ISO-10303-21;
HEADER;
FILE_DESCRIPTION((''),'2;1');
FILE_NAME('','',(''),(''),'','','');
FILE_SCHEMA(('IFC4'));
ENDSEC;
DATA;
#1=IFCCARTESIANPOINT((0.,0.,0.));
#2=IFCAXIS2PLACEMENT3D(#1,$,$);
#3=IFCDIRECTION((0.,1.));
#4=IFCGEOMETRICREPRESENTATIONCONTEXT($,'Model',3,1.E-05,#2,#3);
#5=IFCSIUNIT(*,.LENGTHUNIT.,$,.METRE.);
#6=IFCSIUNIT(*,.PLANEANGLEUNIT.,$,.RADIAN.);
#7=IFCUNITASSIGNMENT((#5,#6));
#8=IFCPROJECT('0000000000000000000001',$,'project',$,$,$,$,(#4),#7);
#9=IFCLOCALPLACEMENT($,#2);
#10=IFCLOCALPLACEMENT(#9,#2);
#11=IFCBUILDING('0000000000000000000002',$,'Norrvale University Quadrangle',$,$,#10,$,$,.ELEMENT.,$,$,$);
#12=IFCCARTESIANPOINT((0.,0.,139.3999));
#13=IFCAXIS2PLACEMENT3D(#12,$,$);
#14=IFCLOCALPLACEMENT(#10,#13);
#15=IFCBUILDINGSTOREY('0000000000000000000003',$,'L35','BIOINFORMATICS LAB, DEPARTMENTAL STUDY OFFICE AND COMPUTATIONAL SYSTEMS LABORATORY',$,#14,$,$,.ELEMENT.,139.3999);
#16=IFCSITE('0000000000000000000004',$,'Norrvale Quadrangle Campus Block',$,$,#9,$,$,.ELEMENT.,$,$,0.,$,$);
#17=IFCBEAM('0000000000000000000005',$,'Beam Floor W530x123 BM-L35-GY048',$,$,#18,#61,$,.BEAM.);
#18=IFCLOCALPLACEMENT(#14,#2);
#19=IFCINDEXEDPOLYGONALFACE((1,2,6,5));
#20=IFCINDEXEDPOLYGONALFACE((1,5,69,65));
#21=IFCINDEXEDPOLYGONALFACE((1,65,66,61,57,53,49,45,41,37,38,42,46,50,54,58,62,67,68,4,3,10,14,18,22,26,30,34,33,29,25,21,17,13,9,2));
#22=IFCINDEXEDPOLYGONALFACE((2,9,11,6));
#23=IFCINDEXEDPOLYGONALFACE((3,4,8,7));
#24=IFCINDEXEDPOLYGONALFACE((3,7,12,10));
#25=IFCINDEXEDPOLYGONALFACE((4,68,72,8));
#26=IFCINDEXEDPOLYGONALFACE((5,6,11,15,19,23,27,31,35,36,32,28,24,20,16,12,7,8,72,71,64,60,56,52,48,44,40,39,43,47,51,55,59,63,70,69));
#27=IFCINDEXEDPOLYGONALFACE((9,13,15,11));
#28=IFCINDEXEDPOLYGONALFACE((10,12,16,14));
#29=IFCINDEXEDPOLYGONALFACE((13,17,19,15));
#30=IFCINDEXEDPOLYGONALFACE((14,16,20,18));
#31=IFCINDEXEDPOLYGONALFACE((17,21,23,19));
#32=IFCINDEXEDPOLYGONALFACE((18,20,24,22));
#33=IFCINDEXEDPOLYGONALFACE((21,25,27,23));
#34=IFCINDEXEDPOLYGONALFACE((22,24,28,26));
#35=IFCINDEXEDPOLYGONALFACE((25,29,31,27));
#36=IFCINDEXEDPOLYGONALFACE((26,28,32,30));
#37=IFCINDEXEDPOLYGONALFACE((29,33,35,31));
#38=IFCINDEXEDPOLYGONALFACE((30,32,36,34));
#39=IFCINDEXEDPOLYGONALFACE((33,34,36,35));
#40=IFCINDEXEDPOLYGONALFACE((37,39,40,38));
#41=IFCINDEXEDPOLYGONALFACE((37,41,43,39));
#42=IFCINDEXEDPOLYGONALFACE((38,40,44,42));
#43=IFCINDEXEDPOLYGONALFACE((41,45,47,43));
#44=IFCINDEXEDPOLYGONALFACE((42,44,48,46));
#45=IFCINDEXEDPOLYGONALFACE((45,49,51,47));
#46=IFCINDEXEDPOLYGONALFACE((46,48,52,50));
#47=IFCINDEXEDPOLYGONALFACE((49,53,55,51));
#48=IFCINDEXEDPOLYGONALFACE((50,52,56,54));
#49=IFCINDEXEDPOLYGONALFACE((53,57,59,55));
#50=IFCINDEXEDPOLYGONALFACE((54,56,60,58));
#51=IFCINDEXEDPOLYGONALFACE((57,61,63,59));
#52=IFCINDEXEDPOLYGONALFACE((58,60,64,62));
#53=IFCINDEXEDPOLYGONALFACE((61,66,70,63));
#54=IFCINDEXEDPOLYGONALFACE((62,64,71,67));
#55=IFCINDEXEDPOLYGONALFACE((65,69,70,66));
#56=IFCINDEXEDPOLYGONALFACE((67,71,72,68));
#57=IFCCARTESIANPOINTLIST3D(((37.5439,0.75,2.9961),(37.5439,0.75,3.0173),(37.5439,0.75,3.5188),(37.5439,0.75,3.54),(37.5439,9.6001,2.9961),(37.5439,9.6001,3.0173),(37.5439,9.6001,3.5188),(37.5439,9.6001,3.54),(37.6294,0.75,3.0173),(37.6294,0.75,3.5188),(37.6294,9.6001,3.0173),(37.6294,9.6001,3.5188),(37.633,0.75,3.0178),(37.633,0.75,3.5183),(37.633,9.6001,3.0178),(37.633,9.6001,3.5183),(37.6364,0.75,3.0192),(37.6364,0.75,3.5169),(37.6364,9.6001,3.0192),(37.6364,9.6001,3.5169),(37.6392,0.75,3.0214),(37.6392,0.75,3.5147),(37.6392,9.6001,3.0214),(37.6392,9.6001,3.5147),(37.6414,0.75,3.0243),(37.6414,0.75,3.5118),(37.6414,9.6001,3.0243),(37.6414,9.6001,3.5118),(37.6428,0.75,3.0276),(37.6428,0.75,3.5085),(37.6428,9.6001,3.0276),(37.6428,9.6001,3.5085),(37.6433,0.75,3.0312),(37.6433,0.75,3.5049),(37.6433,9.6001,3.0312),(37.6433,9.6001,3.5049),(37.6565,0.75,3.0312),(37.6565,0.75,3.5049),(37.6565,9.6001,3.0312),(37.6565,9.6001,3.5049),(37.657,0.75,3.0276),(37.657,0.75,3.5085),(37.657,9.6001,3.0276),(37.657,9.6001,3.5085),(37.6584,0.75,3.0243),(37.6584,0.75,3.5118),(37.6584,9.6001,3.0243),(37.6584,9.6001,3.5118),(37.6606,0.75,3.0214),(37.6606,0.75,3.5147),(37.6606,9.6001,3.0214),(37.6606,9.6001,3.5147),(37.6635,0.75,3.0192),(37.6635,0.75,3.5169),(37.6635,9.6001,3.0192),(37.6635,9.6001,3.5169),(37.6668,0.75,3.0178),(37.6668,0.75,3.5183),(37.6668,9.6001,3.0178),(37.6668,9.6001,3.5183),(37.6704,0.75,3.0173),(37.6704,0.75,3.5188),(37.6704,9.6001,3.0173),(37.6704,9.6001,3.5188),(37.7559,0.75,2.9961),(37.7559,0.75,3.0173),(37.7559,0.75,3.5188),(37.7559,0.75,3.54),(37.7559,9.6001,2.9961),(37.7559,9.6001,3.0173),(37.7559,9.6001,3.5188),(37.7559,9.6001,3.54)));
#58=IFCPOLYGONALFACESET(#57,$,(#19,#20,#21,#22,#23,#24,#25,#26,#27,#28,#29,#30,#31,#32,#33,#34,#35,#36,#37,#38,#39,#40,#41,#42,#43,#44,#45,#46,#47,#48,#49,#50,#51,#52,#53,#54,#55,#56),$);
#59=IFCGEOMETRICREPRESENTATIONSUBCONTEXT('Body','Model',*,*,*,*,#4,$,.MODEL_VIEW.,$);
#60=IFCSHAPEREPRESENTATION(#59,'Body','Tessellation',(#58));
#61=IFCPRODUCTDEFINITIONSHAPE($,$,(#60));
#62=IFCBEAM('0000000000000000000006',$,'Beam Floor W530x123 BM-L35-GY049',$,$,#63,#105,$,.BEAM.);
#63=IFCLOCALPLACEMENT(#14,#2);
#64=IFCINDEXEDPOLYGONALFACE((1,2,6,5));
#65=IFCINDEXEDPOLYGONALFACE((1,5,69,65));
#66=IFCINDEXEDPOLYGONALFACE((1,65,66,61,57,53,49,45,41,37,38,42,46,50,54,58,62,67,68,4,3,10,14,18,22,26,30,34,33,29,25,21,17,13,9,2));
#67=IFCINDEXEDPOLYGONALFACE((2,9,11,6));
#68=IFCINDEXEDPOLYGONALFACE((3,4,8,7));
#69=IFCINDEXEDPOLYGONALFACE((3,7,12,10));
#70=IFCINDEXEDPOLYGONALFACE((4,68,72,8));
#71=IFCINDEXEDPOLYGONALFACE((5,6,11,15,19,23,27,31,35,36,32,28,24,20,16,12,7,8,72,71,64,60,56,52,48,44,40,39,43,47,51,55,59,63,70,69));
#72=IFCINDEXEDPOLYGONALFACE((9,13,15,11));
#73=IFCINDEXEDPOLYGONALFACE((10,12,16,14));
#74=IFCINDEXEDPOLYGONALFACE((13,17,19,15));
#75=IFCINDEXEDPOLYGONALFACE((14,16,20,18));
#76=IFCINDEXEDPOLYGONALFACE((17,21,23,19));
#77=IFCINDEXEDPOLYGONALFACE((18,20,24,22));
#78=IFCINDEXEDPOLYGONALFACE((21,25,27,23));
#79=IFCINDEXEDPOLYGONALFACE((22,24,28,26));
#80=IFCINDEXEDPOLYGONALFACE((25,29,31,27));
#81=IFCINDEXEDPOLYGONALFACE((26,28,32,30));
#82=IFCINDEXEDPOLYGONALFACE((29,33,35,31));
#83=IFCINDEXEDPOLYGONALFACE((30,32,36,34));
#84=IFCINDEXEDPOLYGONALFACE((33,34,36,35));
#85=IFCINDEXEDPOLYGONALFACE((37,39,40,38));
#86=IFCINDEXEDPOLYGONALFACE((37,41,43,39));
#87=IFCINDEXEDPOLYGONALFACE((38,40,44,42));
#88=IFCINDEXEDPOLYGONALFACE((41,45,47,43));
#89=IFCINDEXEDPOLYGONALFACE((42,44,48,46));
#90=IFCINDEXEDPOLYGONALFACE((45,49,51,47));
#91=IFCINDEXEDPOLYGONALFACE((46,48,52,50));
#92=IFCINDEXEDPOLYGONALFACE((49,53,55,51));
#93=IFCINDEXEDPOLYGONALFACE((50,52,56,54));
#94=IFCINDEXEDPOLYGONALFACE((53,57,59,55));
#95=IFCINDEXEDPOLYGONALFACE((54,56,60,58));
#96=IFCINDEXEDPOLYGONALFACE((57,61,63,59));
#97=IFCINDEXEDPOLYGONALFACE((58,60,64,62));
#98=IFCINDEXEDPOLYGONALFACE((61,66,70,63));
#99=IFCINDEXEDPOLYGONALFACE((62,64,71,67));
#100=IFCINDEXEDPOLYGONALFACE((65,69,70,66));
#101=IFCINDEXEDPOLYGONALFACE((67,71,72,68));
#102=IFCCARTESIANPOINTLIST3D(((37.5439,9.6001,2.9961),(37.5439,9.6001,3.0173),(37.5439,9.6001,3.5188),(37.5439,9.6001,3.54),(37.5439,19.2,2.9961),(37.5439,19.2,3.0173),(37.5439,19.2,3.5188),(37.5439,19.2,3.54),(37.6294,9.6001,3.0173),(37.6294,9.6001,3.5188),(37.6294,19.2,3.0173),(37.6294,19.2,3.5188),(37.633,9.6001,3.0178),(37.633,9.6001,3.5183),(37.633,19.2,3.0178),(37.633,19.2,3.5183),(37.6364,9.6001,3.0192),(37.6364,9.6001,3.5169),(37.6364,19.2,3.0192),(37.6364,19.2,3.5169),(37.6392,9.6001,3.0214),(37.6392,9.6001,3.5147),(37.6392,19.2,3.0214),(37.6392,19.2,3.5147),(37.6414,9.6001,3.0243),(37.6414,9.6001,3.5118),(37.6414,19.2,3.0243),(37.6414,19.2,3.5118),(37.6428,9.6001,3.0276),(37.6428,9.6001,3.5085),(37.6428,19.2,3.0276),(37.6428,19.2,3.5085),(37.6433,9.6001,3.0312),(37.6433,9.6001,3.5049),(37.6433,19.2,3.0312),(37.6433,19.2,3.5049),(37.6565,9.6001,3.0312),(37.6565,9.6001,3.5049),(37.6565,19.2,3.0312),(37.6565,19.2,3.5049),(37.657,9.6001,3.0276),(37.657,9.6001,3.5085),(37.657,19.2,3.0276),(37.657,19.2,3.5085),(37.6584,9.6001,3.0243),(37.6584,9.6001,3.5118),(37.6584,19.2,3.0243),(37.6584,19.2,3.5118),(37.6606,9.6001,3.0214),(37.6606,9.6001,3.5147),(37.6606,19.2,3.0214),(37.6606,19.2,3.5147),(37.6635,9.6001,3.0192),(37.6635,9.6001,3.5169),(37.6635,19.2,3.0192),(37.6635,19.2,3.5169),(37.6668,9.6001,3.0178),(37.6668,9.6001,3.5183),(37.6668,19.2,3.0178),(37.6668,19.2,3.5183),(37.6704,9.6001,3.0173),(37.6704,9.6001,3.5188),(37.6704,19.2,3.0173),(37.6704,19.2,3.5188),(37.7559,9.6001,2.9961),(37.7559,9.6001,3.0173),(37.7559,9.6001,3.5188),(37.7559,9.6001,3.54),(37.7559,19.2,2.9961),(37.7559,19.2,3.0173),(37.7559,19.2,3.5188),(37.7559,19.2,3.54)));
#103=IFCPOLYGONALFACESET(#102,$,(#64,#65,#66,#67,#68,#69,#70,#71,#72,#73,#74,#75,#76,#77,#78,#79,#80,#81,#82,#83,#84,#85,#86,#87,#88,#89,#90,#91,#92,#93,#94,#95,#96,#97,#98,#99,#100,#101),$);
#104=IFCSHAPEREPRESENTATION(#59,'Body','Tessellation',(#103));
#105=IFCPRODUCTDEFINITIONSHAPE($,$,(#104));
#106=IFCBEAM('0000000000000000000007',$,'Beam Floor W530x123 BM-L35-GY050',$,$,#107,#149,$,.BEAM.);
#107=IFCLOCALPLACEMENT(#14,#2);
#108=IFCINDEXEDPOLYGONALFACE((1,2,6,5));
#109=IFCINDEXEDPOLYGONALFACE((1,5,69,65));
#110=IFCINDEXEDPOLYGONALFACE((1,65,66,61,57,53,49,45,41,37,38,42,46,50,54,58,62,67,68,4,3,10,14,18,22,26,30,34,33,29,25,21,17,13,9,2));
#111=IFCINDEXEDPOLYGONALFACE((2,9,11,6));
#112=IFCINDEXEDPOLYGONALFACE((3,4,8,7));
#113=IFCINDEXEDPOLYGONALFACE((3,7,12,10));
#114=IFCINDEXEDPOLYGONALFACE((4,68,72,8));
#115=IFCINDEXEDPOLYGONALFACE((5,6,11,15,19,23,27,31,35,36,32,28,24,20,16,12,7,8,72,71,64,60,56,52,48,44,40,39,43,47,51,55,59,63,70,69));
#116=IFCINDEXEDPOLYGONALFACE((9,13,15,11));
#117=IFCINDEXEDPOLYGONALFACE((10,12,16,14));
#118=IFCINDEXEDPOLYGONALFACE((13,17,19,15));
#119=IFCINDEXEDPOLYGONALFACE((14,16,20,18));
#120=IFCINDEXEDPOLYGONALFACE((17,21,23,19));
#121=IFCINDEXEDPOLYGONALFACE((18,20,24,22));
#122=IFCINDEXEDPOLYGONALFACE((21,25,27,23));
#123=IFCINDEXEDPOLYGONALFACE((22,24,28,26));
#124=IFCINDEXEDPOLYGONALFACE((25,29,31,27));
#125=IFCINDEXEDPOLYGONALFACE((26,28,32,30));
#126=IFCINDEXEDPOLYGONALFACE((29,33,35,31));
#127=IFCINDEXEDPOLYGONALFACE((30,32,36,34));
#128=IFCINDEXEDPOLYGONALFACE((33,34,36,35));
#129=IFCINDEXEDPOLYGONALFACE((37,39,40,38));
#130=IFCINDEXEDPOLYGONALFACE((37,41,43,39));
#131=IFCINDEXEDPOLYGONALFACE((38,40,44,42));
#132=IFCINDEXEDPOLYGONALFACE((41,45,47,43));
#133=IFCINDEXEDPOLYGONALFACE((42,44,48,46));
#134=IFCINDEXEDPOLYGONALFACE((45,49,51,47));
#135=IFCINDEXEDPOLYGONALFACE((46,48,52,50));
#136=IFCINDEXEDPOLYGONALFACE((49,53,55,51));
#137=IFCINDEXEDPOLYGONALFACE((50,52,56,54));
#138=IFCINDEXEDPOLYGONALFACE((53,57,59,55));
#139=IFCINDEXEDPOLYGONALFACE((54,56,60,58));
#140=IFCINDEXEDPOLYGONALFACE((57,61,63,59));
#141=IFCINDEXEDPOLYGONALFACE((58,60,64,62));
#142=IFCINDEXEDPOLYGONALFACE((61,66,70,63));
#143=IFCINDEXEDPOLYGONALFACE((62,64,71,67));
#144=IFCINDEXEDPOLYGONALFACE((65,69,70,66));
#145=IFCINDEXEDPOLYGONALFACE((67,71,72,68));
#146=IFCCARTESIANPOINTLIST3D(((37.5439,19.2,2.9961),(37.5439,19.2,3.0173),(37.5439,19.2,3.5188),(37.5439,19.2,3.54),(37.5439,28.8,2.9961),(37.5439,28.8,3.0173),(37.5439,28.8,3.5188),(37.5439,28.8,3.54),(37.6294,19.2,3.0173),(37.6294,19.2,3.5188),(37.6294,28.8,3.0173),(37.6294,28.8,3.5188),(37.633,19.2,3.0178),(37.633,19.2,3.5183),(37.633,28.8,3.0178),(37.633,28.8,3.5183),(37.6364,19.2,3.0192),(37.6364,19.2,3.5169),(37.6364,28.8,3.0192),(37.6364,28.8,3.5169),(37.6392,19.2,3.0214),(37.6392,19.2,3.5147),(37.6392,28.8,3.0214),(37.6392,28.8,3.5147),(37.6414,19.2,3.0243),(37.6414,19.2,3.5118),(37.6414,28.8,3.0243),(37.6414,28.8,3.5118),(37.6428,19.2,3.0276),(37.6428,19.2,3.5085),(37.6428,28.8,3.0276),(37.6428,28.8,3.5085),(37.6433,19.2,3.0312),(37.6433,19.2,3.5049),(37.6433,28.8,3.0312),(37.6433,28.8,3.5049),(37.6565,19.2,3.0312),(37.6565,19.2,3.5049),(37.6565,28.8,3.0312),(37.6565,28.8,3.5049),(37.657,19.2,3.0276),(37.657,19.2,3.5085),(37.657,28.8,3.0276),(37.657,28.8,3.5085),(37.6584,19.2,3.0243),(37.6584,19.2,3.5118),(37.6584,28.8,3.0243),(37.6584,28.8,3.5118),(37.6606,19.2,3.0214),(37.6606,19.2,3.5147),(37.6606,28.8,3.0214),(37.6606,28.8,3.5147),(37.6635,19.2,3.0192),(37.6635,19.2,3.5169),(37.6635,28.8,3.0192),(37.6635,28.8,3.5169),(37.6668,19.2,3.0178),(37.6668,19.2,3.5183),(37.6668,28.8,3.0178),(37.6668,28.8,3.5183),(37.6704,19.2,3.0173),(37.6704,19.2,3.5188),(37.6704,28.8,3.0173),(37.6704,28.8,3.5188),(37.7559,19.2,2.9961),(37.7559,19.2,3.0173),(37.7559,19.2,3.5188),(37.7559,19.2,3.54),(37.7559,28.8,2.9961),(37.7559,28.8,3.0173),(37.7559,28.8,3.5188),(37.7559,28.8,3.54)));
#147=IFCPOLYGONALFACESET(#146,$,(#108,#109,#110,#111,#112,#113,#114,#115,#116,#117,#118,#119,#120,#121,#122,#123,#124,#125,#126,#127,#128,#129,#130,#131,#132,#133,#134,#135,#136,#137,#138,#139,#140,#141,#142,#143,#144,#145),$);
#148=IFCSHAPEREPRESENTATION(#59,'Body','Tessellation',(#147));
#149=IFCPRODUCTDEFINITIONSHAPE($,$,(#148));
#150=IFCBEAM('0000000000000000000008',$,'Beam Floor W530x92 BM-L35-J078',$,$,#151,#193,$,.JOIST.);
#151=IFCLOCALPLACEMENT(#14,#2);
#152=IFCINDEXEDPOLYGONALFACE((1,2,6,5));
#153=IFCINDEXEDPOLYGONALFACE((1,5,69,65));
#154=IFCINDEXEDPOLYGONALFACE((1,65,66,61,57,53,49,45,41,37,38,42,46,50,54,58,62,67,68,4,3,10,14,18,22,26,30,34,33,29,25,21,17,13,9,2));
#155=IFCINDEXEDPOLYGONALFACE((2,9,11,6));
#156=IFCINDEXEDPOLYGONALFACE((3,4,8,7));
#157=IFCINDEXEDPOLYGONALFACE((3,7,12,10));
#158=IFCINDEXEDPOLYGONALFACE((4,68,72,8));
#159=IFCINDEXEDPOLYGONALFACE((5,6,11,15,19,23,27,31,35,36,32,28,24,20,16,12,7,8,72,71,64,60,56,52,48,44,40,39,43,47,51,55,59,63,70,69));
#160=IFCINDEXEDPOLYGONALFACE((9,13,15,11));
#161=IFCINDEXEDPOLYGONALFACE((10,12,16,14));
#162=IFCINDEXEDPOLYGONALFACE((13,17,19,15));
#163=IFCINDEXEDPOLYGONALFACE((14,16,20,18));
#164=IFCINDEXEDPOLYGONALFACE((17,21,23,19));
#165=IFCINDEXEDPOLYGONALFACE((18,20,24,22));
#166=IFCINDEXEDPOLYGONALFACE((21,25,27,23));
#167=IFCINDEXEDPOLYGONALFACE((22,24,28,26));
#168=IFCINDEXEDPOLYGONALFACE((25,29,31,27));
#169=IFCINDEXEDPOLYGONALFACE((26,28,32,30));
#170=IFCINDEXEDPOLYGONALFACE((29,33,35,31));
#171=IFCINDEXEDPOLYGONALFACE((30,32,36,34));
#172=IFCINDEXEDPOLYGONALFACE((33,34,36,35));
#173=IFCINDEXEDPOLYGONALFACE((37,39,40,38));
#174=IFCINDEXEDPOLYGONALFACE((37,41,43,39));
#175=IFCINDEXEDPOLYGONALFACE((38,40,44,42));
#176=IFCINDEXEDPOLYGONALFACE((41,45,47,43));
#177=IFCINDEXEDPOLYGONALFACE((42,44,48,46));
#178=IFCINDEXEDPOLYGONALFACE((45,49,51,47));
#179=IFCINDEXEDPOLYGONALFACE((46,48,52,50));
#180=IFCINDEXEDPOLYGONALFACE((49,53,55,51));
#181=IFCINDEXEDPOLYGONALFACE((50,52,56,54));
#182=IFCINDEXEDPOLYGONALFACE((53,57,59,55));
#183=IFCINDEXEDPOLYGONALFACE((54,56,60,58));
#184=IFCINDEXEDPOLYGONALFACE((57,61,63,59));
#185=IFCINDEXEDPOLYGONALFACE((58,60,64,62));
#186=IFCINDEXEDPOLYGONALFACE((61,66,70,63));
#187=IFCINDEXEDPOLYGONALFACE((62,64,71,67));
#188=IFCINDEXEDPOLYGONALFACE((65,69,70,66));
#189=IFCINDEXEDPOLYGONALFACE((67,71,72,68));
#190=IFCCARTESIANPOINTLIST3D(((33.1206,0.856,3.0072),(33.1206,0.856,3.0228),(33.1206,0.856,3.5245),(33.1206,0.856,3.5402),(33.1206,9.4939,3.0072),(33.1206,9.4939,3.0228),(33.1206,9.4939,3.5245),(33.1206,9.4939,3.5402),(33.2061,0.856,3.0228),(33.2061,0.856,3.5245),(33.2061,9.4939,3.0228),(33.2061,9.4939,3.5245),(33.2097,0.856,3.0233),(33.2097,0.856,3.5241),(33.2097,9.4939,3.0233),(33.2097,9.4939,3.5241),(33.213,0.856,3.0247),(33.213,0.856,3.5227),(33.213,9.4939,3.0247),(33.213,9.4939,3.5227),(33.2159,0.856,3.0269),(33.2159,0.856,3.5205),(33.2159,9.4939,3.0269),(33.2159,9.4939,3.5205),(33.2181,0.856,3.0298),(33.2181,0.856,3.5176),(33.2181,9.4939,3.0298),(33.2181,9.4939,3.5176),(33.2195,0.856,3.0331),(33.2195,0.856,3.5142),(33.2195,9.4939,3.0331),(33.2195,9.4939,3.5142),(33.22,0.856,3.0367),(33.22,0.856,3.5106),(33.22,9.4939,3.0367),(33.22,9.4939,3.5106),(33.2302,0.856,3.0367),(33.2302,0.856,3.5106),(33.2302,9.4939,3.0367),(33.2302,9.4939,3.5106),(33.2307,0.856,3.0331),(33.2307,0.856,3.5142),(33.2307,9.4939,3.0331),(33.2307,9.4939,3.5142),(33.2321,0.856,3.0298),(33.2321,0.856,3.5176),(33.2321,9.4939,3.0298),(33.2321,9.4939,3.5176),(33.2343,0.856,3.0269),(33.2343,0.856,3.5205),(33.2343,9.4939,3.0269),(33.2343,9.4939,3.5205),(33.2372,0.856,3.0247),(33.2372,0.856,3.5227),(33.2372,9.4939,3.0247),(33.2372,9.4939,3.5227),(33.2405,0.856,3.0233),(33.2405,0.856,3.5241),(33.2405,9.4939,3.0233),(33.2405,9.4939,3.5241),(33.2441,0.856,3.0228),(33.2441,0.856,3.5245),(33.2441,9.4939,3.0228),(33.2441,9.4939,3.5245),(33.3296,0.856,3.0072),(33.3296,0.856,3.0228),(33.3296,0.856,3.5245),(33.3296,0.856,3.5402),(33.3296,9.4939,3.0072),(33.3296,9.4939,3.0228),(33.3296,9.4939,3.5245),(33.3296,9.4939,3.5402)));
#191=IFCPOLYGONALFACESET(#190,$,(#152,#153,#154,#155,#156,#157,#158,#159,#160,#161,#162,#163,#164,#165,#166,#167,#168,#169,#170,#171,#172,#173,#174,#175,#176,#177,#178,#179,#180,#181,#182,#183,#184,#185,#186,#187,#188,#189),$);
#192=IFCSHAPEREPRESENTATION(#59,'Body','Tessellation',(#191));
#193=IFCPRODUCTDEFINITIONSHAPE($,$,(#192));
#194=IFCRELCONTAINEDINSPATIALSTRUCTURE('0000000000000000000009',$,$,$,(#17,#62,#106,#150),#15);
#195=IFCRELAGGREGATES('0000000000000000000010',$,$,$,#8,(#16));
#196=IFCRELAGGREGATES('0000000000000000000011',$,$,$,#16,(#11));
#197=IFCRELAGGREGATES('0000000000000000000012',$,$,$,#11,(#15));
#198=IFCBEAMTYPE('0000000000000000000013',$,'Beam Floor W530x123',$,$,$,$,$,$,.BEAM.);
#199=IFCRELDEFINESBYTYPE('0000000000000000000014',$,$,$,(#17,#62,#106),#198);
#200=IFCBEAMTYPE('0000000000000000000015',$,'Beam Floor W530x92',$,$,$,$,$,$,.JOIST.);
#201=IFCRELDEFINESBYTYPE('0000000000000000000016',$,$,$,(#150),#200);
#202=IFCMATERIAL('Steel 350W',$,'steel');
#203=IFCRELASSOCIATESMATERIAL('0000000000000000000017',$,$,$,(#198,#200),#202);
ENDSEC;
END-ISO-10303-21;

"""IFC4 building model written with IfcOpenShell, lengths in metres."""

from ifc_helpers import new_model, si_unit, direction, frame, origin, origin_2d, place, context, subcontext, project, spatial, i_section, extrude, material, material_profile, profile_set, type_object, element, save


model = new_model("IFC4")

# Units and contexts
model_context = context("Model", 3, precision=1e-05, world=origin(), true_north=direction((0.0, 1.0)))
body_context = subcontext(model_context, "Body", "Model", "MODEL_VIEW")
ifc_project = project(units=[si_unit("LENGTHUNIT", "METRE"), si_unit("PLANEANGLEUNIT", "RADIAN")], contexts=[model_context])

# Site, building, storey
site_placement = place(None, origin())
site = spatial("IfcSite", under=ifc_project, at=site_placement, Name="Norrvale Quadrangle Campus Block", CompositionType="ELEMENT", RefElevation=0.0)
building_placement = place(site_placement, origin())
building = spatial("IfcBuilding", under=site, at=building_placement, Name="Norrvale University Quadrangle", CompositionType="ELEMENT")
storey_placement = place(building_placement, frame((0.0, 0.0, 139.3999)))
storey = spatial("IfcBuildingStorey", under=building, at=storey_placement, Name="L35", Description="BIOINFORMATICS LAB, DEPARTMENTAL STUDY OFFICE AND COMPUTATIONAL SYSTEMS LABORATORY", CompositionType="ELEMENT", Elevation=139.3999)

# Beams
ifc_material_1 = material(Name="Steel 350W", Category="steel")
ifc_material_profile_1 = material_profile(ifc_material_1, i_section(OverallWidth=0.2119, OverallDepth=0.5439, WebThickness=0.0132, FlangeThickness=0.0212, FilletRadius=0.0139, at=origin_2d()), Name="Steel 350W")
ifc_profile_set_1 = profile_set([ifc_material_profile_1], Name="Steel 350W")
beam_type_1 = type_object("IfcBeamType", Name="Beam Floor W530x123", PredefinedType="BEAM", material=ifc_profile_set_1)
beam_1_placement = place(storey_placement, frame((37.6499, 0.75, 3.2681), z_axis=(0.0, 1.0, 0.0), x_axis=(-1.0, 0.0, 0.0)))
element("IfcBeam", 1, at=beam_1_placement, inside=storey, type_object=beam_type_1, Name="Beam Floor W530x123 BM-L35-GY048", PredefinedType="BEAM", context=body_context, shape_type="SweptSolid", body=[
    extrude(i_section(OverallWidth=0.2119, OverallDepth=0.5439, WebThickness=0.0132, FlangeThickness=0.0212, FilletRadius=0.0139, at=origin_2d()), origin(), (0.0, 0.0, 1.0), 8.8501),
])
beam_2_placement = place(storey_placement, frame((37.6499, 9.6001, 3.2681), z_axis=(0.0, 1.0, 0.0), x_axis=(-1.0, 0.0, 0.0)))
element("IfcBeam", 2, at=beam_2_placement, inside=storey, type_object=beam_type_1, Name="Beam Floor W530x123 BM-L35-GY049", PredefinedType="BEAM", context=body_context, shape_type="SweptSolid", body=[
    extrude(i_section(OverallWidth=0.2119, OverallDepth=0.5439, WebThickness=0.0132, FlangeThickness=0.0212, FilletRadius=0.0139, at=origin_2d()), origin(), (0.0, 0.0, 1.0), 9.5999),
])
beam_3_placement = place(storey_placement, frame((37.6499, 19.2, 3.2681), z_axis=(0.0, 1.0, 0.0), x_axis=(-1.0, 0.0, 0.0)))
element("IfcBeam", 3, at=beam_3_placement, inside=storey, type_object=beam_type_1, Name="Beam Floor W530x123 BM-L35-GY050", PredefinedType="BEAM", context=body_context, shape_type="SweptSolid", body=[
    extrude(i_section(OverallWidth=0.2119, OverallDepth=0.5439, WebThickness=0.0132, FlangeThickness=0.0212, FilletRadius=0.0139, at=origin_2d()), origin(), (0.0, 0.0, 1.0), 9.6001),
])
ifc_material_profile_2 = material_profile(ifc_material_1, i_section(OverallWidth=0.209, OverallDepth=0.533, WebThickness=0.0103, FlangeThickness=0.0156, FilletRadius=0.0139, at=origin_2d()), Name="Steel 350W")
ifc_profile_set_2 = profile_set([ifc_material_profile_2], Name="Steel 350W")
beam_type_2 = type_object("IfcBeamType", Name="Beam Floor W530x92", PredefinedType="JOIST", material=ifc_profile_set_2)
beam_4_placement = place(storey_placement, frame((33.2251, 0.856, 3.2737), z_axis=(0.0, 1.0, 0.0), x_axis=(-1.0, 0.0, 0.0)))
element("IfcBeam", 4, at=beam_4_placement, inside=storey, type_object=beam_type_2, Name="Beam Floor W530x92 BM-L35-J078", PredefinedType="JOIST", context=body_context, shape_type="SweptSolid", body=[
    extrude(i_section(OverallWidth=0.209, OverallDepth=0.533, WebThickness=0.0103, FlangeThickness=0.0156, FilletRadius=0.0139, at=origin_2d()), origin(), (0.0, 0.0, 1.0), 8.6379),
])

save(model, "model.ifc")
